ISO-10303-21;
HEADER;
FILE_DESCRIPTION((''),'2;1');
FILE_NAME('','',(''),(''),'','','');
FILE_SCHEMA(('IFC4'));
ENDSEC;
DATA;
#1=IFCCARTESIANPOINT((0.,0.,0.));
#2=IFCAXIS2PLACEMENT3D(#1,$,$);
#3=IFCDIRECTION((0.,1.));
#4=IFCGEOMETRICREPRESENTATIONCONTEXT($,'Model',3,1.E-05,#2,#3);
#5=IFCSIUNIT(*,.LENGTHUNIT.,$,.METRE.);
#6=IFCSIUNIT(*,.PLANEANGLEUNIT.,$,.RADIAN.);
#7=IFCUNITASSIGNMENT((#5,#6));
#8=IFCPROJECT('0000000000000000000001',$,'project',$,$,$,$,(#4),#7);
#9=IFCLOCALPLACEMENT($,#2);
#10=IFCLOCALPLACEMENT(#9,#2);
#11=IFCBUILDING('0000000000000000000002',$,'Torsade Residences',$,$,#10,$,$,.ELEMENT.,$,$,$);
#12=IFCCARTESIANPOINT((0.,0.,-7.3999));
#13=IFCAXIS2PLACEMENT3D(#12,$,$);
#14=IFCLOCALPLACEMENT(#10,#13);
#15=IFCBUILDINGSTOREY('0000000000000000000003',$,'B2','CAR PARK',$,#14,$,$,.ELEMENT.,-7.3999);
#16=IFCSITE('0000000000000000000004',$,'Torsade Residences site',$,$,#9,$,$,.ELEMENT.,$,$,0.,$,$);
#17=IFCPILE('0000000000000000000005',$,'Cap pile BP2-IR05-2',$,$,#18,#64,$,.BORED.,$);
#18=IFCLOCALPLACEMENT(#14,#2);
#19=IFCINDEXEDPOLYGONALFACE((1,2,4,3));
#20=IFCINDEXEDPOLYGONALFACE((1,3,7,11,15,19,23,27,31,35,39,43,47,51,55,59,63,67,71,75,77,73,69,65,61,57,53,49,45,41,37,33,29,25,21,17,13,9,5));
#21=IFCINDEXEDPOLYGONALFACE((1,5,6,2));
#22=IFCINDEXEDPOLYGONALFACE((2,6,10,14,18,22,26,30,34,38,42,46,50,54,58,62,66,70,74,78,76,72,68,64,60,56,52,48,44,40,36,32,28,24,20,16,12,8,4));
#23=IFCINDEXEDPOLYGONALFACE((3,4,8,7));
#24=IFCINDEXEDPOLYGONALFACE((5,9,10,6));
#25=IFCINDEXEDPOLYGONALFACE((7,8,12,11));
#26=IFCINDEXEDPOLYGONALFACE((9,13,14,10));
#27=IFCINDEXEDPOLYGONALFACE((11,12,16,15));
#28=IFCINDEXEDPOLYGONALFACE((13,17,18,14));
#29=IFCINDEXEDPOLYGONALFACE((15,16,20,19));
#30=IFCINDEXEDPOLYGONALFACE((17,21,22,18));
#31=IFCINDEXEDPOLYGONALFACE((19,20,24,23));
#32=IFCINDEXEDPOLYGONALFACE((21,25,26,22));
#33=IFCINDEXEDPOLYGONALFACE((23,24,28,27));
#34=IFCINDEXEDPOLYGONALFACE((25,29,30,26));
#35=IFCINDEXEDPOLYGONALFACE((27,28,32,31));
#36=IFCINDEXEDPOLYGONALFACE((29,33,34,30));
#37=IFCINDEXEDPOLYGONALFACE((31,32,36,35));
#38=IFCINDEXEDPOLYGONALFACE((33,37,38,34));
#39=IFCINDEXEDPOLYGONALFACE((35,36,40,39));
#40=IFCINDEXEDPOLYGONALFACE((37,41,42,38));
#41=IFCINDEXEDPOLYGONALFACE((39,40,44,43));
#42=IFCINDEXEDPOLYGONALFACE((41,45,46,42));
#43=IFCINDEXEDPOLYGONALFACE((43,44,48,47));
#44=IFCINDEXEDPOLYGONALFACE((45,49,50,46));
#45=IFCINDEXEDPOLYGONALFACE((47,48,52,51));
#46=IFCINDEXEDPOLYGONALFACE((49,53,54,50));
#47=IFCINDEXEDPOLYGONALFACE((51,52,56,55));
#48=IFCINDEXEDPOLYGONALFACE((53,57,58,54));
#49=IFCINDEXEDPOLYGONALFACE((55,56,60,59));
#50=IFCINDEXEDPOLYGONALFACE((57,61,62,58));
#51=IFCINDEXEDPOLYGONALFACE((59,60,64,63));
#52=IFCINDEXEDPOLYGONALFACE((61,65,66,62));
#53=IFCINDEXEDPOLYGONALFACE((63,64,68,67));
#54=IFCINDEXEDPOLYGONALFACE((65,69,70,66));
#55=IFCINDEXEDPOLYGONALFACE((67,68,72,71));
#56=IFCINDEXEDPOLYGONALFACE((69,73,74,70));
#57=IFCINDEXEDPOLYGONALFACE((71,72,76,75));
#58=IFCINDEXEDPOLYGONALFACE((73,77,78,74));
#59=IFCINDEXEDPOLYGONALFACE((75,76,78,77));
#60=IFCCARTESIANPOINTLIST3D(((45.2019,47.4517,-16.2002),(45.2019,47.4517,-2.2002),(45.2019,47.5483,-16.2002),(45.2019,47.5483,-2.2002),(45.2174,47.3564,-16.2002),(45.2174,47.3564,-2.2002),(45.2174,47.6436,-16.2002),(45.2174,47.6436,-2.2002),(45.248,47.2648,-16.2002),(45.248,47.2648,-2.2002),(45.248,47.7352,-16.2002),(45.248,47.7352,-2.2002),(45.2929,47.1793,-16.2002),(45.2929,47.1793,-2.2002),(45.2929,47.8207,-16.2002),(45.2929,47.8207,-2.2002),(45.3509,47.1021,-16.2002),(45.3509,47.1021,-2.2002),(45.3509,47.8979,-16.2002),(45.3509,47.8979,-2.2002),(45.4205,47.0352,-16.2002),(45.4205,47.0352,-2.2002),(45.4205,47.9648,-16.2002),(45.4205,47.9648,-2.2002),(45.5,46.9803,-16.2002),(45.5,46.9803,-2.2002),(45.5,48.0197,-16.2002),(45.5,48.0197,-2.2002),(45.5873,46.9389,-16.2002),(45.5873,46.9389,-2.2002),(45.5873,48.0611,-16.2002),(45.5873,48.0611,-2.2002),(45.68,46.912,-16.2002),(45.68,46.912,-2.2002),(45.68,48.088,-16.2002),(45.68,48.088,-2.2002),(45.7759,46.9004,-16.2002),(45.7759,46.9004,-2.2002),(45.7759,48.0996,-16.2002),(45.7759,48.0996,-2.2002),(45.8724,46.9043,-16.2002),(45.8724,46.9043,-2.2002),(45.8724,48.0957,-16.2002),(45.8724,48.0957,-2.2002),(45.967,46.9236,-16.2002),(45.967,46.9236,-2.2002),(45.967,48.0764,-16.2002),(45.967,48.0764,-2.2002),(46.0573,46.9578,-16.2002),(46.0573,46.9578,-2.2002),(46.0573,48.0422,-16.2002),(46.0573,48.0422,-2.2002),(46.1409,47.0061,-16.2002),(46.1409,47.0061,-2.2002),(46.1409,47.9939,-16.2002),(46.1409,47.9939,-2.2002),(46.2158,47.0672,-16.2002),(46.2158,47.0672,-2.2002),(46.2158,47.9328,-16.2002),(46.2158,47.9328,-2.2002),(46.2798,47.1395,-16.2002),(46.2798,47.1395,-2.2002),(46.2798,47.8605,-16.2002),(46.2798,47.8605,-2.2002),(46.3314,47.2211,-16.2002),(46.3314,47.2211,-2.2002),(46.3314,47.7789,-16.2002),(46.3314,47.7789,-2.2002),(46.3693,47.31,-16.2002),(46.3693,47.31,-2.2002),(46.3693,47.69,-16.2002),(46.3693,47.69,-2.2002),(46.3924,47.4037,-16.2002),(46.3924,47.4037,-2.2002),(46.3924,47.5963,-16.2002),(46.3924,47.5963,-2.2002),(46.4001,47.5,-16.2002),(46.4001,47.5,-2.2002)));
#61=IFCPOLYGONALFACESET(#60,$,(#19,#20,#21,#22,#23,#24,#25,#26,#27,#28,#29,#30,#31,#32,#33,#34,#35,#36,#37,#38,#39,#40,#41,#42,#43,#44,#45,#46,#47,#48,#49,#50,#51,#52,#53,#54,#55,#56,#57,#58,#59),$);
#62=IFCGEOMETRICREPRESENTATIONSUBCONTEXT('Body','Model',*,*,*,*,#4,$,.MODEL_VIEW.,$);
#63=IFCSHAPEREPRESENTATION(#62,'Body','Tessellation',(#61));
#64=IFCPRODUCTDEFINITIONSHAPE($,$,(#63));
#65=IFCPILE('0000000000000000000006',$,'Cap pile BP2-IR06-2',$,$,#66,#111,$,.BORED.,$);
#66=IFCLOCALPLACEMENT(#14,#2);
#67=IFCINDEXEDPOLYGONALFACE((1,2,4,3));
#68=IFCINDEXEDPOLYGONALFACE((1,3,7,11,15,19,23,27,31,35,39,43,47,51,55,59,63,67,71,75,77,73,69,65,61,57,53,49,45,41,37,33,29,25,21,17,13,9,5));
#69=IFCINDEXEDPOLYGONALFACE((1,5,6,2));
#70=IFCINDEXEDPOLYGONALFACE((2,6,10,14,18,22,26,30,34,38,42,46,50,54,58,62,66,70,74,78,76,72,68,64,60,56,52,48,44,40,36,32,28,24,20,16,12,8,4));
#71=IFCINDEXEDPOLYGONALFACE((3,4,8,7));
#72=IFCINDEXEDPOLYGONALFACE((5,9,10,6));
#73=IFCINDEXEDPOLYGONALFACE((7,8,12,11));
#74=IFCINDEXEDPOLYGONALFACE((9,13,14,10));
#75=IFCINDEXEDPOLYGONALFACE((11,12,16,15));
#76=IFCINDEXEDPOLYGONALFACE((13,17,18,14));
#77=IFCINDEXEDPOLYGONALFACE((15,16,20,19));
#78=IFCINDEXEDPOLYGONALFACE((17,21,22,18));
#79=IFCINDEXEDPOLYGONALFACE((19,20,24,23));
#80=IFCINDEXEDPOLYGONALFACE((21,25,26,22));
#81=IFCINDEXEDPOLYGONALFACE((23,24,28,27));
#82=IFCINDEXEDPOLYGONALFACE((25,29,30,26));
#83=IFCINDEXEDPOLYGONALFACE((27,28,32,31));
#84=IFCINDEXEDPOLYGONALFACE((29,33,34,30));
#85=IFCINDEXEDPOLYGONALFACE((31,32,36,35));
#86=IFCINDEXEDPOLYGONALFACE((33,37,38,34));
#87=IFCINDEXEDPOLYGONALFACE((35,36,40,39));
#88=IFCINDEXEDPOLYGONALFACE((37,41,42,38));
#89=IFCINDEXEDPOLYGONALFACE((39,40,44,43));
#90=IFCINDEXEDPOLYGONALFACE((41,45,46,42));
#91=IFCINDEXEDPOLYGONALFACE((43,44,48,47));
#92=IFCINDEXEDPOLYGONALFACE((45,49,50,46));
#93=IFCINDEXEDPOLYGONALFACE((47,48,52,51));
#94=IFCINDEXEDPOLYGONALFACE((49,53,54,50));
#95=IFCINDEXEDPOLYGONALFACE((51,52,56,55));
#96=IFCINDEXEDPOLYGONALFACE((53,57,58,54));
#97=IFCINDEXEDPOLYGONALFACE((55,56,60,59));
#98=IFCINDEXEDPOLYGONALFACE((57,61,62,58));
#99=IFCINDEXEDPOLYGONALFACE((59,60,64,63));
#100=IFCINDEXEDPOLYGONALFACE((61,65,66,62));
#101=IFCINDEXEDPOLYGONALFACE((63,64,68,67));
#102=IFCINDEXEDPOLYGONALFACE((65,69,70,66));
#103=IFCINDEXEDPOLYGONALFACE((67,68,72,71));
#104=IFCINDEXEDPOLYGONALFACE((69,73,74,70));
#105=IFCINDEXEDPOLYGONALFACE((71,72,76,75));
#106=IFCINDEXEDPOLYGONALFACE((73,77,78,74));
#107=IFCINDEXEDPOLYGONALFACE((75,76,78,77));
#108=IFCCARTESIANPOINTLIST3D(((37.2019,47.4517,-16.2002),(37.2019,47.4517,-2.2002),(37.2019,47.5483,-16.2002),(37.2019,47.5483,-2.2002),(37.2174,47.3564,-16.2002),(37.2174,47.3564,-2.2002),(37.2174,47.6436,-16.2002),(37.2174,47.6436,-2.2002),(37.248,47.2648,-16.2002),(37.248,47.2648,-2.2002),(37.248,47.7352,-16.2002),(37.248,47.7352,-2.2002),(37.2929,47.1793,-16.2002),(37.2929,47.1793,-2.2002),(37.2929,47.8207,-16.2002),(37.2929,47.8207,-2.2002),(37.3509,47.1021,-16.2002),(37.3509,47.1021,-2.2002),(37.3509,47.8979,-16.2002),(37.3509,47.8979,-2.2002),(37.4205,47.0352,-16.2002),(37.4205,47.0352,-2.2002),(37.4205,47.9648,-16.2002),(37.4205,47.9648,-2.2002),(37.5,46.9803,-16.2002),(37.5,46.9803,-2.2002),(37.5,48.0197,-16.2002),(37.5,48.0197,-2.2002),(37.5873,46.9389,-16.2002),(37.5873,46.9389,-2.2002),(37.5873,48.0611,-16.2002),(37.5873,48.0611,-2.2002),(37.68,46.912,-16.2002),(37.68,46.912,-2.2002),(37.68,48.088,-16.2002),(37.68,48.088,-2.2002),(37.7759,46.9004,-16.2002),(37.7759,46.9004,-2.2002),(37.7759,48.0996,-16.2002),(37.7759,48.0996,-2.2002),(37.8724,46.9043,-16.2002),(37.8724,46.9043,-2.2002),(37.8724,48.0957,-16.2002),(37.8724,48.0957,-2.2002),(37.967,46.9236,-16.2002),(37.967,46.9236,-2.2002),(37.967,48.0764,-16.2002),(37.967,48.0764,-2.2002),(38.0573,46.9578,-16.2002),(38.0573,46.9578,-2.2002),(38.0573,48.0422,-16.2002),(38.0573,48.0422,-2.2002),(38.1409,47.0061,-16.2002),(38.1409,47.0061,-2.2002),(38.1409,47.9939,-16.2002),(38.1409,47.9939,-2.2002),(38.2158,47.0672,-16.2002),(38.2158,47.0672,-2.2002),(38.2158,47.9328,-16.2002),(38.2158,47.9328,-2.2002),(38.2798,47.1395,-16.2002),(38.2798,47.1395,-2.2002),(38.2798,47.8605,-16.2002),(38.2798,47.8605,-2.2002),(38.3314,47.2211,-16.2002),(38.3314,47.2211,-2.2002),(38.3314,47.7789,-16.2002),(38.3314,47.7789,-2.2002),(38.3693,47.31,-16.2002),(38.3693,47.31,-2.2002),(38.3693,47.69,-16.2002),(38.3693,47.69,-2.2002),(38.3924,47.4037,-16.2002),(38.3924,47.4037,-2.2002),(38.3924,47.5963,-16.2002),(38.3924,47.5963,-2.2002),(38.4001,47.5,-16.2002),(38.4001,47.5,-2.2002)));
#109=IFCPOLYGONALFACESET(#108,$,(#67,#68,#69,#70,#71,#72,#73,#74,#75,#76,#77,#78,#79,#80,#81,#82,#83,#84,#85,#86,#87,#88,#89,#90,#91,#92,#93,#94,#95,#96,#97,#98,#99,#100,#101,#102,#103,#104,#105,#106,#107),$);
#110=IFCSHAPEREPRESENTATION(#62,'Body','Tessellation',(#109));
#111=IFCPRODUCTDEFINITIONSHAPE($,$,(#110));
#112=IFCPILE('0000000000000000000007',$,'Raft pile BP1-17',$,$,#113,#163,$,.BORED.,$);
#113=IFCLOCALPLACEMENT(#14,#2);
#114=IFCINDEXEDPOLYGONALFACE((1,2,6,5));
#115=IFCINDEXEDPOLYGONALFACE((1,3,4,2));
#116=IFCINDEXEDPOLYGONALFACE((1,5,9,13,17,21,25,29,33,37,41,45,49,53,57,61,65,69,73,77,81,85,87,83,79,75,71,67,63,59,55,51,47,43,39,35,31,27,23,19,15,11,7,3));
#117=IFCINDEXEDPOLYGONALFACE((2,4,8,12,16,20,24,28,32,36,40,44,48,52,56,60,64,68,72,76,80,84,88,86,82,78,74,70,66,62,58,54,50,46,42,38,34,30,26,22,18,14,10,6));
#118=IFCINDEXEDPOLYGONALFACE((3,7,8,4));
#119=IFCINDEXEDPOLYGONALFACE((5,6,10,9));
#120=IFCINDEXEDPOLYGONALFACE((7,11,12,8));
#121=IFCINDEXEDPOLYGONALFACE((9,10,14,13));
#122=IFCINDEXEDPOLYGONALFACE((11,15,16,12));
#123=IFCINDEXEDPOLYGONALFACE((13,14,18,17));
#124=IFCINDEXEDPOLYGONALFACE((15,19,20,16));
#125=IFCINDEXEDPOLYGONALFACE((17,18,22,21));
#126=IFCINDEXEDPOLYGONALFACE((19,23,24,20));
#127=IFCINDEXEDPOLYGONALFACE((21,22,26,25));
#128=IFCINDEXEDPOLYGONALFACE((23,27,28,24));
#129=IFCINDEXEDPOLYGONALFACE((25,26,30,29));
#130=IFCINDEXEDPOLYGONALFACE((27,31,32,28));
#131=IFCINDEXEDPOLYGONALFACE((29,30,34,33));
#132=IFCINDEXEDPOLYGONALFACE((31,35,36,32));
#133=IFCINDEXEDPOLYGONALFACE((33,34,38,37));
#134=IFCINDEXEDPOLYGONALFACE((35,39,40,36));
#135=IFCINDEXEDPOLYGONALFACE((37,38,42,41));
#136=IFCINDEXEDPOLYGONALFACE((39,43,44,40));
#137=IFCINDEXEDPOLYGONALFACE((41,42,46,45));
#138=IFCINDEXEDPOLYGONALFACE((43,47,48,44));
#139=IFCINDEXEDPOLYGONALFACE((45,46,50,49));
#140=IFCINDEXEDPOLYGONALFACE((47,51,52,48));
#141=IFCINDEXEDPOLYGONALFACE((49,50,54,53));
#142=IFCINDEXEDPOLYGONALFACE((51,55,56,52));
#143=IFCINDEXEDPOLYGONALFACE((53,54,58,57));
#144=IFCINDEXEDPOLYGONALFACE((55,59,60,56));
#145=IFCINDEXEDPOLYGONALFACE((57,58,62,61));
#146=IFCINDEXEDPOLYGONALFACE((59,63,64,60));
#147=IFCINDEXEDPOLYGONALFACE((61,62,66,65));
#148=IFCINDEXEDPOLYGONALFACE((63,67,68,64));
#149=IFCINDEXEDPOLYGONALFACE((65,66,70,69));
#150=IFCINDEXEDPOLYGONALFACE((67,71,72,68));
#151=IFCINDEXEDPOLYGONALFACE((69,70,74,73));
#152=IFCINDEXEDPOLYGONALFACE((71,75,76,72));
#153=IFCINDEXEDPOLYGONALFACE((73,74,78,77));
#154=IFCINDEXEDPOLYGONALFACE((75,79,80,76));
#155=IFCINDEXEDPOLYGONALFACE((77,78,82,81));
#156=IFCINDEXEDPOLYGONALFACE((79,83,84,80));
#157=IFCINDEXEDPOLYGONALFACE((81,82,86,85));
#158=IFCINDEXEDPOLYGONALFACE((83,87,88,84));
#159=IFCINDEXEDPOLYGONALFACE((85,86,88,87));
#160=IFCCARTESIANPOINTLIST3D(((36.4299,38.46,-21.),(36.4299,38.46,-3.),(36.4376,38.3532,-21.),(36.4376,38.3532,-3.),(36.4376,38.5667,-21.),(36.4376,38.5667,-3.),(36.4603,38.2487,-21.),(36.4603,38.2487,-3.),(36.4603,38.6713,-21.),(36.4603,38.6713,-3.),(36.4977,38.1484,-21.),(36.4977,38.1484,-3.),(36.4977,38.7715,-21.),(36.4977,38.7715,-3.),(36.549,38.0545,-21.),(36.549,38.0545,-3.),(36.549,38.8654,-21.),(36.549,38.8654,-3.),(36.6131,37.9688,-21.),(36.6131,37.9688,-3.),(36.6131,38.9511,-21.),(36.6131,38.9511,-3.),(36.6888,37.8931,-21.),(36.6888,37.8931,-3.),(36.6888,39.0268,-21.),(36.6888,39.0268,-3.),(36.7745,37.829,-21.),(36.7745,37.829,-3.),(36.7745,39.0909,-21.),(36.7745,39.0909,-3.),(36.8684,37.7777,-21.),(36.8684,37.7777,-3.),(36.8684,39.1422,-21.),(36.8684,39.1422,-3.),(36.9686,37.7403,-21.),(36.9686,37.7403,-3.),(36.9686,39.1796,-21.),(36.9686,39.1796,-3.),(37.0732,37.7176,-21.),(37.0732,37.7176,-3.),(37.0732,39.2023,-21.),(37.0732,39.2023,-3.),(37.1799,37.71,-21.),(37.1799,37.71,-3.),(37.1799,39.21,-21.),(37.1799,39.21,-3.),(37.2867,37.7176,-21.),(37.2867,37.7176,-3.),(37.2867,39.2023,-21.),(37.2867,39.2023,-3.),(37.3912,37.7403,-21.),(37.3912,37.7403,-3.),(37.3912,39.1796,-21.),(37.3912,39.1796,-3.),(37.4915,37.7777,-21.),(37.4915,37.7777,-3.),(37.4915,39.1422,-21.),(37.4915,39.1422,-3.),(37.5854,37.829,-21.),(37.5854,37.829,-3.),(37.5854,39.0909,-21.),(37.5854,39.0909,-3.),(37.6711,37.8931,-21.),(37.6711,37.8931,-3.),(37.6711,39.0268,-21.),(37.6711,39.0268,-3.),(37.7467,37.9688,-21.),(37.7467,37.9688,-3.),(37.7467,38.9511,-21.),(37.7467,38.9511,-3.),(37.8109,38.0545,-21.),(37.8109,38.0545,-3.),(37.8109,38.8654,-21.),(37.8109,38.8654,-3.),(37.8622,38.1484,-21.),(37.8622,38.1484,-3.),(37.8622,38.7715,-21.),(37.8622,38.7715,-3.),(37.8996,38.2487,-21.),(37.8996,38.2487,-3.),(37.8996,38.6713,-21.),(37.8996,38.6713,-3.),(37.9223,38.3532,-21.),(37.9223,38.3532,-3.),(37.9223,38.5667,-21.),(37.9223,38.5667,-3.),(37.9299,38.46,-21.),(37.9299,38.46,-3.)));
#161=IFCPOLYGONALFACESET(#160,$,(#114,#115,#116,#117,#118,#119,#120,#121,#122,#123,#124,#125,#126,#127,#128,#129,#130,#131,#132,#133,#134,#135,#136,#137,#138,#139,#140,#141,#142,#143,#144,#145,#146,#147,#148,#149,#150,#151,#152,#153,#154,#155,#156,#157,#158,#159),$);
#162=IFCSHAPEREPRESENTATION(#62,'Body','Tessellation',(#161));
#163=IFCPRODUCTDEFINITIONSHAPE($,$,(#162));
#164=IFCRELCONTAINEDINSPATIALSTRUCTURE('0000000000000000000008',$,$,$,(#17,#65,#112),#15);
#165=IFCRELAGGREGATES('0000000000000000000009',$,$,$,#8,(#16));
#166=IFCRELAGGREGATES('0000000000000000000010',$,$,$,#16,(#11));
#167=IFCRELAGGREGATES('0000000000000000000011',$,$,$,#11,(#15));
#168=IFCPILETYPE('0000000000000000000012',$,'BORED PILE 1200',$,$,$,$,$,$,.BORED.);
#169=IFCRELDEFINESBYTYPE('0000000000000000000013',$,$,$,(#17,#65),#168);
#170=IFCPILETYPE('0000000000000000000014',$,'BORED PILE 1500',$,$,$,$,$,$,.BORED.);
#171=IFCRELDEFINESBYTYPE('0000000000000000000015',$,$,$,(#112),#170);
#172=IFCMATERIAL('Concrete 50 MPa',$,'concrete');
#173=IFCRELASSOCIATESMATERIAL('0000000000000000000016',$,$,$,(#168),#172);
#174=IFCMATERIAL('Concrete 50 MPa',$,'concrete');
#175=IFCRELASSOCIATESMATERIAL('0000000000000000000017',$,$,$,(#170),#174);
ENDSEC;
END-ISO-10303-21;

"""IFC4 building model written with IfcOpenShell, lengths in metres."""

from ifc_helpers import new_model, si_unit, direction, frame, origin, origin_2d, place, context, subcontext, project, spatial, circle, extrude, material, type_object, element, save


model = new_model("IFC4")

# Units and contexts
model_context = context("Model", 3, precision=1e-05, world=origin(), true_north=direction((0.0, 1.0)))
body_context = subcontext(model_context, "Body", "Model", "MODEL_VIEW")
ifc_project = project(units=[si_unit("LENGTHUNIT", "METRE"), si_unit("PLANEANGLEUNIT", "RADIAN")], contexts=[model_context])

# Site, building, storey
site_placement = place(None, origin())
site = spatial("IfcSite", under=ifc_project, at=site_placement, Name="Torsade Residences site", CompositionType="ELEMENT", RefElevation=0.0)
building_placement = place(site_placement, origin())
building = spatial("IfcBuilding", under=site, at=building_placement, Name="Torsade Residences", CompositionType="ELEMENT")
storey_placement = place(building_placement, frame((0.0, 0.0, -7.3999)))
storey = spatial("IfcBuildingStorey", under=building, at=storey_placement, Name="B2", Description="CAR PARK", CompositionType="ELEMENT", Elevation=-7.3999)

# Piles
ifc_material_1 = material(Name="Concrete 50 MPa", Category="concrete")
pile_type_1 = type_object("IfcPileType", Name="BORED PILE 1200", PredefinedType="BORED", material=ifc_material_1)
for number, where, z_axis, x_axis, name in (
    (1, (45.8, 47.5, -2.2002), (0.0, 0.0, -1.0), (1.0, 0.0, 0.0), "Cap pile BP2-IR05-2"),
    (2, (37.8, 47.5, -2.2002), (0.0, 0.0, -1.0), (1.0, 0.0, 0.0), "Cap pile BP2-IR06-2"),
):
    element("IfcPile", number, at=place(storey_placement, frame(where, z_axis=z_axis, x_axis=x_axis)), inside=storey, type_object=pile_type_1, Name=name, PredefinedType="BORED", context=body_context, shape_type="SweptSolid", body=[
        extrude(circle(Radius=0.6001, at=origin_2d()), origin(), (0.0, 0.0, 1.0), 14.0),
    ])
ifc_material_2 = material(Name="Concrete 50 MPa", Category="concrete")
pile_type_2 = type_object("IfcPileType", Name="BORED PILE 1500", PredefinedType="BORED", material=ifc_material_2)
for number, where, z_axis, x_axis, name in (
    (3, (37.1799, 38.46, -3.0), (0.0, 0.0, -1.0), (1.0, 0.0, 0.0), "Raft pile BP1-17"),
):
    element("IfcPile", number, at=place(storey_placement, frame(where, z_axis=z_axis, x_axis=x_axis)), inside=storey, type_object=pile_type_2, Name=name, PredefinedType="BORED", context=body_context, shape_type="SweptSolid", body=[
        extrude(circle(Radius=0.75, at=origin_2d()), origin(), (0.0, 0.0, 1.0), 18.0),
    ])

save(model, "model.ifc")
